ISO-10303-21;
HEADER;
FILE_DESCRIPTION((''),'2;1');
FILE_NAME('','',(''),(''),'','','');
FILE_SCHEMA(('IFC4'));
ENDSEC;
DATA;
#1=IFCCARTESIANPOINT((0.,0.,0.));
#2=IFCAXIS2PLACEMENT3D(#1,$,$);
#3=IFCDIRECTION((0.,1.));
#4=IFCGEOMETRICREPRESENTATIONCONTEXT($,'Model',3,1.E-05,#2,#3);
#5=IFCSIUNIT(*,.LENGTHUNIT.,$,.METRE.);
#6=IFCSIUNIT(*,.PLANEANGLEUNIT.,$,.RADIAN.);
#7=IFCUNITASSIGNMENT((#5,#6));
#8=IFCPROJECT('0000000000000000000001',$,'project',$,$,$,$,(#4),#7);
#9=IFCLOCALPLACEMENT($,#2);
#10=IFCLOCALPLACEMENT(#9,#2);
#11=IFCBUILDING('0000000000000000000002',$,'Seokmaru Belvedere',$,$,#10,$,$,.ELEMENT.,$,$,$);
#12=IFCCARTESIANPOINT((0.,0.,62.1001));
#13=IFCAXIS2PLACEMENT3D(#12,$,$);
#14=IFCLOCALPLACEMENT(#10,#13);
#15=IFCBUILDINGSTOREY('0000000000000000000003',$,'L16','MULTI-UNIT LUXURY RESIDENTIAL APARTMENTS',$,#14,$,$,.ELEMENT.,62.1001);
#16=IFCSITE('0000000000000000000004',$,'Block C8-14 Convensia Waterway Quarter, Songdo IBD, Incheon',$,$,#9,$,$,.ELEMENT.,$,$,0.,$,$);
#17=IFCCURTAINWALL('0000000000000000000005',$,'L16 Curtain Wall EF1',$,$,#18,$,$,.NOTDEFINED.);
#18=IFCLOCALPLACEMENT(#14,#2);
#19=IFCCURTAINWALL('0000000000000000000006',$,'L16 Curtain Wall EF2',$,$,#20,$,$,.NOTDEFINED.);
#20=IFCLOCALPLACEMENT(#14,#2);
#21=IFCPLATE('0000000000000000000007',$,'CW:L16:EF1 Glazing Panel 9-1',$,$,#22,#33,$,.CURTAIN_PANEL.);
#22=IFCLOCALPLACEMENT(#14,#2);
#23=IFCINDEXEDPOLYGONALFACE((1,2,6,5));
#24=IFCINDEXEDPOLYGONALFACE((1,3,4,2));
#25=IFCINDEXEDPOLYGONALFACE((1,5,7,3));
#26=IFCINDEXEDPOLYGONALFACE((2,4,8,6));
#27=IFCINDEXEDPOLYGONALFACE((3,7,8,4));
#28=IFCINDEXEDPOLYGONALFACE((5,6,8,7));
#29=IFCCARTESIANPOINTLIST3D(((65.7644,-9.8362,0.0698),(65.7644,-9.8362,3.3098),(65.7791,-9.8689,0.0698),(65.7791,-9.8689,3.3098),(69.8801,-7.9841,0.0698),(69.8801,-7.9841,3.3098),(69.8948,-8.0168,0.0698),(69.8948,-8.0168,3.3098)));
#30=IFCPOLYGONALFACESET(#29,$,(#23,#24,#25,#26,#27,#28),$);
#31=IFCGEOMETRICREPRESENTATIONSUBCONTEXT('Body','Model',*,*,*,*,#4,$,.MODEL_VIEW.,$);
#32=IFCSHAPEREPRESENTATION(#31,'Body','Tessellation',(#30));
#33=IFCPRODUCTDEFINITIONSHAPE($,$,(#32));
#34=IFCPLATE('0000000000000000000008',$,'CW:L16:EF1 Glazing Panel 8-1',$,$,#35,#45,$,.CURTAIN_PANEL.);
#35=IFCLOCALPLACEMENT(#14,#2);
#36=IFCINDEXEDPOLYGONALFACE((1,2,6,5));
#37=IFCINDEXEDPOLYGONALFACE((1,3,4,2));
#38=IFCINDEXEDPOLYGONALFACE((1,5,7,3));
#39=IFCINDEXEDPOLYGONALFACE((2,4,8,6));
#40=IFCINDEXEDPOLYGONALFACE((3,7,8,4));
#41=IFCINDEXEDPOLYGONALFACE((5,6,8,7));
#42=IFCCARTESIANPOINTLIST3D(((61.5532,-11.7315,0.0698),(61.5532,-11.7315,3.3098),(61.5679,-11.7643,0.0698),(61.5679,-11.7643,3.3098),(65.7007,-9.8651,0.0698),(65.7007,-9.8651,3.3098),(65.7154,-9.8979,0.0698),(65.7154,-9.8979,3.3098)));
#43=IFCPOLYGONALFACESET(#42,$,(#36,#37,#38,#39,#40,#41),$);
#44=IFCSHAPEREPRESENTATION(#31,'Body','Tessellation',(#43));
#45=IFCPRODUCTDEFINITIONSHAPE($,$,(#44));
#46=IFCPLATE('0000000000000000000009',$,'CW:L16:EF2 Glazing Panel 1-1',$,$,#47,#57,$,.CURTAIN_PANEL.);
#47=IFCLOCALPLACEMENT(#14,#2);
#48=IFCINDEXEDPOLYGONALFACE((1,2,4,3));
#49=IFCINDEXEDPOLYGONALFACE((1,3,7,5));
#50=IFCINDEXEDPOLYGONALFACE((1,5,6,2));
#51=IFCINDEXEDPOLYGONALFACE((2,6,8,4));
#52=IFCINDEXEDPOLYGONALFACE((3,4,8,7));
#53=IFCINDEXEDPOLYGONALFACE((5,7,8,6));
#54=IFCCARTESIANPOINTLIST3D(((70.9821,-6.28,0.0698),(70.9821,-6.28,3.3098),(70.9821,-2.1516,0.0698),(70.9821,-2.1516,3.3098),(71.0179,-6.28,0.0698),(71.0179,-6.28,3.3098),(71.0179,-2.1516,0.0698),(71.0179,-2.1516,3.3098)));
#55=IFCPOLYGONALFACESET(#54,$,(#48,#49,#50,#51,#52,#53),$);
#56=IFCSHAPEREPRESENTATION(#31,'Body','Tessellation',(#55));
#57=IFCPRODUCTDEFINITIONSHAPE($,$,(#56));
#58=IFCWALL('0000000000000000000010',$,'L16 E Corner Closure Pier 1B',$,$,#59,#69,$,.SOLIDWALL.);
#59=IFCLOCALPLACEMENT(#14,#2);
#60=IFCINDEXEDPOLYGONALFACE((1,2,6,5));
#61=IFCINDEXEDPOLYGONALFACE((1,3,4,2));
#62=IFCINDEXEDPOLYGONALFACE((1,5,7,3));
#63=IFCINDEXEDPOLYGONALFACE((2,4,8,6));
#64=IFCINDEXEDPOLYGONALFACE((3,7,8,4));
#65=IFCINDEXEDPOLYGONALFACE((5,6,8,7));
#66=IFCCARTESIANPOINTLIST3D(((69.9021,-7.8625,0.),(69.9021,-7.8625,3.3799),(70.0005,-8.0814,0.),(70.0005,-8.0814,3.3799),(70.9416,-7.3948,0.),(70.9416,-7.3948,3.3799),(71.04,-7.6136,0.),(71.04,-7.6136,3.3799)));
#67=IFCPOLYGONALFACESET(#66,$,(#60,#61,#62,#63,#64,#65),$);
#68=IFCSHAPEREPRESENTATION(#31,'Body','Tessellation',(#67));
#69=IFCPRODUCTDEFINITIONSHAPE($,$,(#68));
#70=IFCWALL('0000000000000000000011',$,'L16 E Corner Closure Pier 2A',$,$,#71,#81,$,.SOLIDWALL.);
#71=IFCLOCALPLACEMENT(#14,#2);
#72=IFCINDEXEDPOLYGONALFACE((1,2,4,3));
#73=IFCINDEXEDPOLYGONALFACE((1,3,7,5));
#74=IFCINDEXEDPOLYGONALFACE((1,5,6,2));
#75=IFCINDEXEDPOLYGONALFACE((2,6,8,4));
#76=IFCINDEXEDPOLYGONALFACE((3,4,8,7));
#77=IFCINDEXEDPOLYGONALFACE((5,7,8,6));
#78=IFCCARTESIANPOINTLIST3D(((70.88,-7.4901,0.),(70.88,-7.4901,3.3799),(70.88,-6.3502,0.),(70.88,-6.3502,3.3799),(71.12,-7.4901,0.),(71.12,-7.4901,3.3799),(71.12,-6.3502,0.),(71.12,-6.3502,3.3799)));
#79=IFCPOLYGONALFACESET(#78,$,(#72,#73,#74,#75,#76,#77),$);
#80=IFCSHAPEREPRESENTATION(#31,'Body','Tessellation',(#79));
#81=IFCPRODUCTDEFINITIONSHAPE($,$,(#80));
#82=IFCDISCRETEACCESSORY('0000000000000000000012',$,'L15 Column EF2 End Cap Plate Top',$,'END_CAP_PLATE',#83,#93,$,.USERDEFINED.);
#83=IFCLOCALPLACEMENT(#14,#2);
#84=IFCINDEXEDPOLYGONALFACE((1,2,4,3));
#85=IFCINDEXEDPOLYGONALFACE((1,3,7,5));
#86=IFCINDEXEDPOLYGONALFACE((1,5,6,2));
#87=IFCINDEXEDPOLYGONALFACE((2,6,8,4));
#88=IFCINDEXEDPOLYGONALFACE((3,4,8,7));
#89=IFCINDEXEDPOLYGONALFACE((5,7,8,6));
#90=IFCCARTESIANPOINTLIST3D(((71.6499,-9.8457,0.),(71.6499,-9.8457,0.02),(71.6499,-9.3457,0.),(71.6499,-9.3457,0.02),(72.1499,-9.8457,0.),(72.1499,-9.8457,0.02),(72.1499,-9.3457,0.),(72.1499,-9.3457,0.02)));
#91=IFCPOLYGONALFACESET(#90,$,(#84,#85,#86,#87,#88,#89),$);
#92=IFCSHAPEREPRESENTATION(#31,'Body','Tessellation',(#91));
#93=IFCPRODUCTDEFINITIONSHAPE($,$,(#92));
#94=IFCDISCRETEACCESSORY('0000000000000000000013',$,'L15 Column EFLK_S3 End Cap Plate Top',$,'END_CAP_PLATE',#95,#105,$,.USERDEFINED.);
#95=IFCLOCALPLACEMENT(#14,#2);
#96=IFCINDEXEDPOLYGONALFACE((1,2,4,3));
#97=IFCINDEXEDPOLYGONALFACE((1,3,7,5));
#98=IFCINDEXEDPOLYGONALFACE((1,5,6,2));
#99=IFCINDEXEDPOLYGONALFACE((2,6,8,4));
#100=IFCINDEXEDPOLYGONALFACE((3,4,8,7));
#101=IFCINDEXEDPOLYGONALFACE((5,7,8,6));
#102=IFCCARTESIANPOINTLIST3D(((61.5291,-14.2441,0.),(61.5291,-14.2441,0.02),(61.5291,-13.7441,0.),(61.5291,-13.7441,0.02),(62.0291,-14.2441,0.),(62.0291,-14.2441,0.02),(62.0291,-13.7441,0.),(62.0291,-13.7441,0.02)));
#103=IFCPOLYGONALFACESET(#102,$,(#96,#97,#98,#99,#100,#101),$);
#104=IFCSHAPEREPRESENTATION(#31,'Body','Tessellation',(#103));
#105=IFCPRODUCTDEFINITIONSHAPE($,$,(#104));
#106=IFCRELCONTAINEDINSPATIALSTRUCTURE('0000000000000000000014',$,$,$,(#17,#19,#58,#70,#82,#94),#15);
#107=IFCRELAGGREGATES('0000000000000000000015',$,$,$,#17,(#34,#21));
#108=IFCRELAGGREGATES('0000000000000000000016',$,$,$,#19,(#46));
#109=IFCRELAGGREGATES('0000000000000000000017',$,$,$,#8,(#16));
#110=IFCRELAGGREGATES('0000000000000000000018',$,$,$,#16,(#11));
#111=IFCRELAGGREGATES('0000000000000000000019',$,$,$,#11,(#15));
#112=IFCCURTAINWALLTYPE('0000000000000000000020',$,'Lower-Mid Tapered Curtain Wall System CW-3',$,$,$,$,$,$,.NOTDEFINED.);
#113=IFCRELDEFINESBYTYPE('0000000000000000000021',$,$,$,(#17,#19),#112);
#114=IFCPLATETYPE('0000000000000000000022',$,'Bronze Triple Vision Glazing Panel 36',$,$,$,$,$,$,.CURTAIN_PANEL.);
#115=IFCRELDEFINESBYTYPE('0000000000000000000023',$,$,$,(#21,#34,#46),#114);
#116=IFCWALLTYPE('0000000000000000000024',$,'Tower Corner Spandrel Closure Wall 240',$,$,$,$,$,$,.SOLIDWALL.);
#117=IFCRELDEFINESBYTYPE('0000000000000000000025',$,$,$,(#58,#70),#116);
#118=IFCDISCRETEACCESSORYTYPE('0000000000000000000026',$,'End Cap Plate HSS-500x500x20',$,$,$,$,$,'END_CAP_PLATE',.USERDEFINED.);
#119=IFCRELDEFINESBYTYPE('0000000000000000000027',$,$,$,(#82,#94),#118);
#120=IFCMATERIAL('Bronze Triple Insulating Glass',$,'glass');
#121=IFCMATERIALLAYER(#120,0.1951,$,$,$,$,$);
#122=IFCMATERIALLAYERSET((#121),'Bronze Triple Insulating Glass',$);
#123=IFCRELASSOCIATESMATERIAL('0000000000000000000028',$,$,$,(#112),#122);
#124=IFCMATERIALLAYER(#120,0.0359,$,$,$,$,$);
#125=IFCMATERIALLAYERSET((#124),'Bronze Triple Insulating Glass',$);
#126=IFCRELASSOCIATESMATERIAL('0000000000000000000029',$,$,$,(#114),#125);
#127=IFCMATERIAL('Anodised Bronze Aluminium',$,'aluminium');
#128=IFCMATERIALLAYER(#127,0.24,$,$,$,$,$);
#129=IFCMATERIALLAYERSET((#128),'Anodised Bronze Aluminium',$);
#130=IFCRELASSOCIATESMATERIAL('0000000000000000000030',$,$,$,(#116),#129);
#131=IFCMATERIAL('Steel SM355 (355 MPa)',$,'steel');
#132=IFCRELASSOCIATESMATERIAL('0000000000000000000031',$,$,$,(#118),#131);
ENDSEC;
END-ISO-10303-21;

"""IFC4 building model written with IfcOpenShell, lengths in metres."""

from ifc_helpers import new_model, si_unit, direction, frame, frame_2d, origin, origin_2d, place, context, subcontext, project, spatial, rectangle, extrude, source, transform, mapped, material, layer, layer_set, type_object, type_shapes, element, aggregate, save


model = new_model("IFC4")

# Units and contexts
model_context = context("Model", 3, precision=1e-05, world=origin(), true_north=direction((0.0, 1.0)))
body_context = subcontext(model_context, "Body", "Model", "MODEL_VIEW")
ifc_project = project(units=[si_unit("LENGTHUNIT", "METRE"), si_unit("PLANEANGLEUNIT", "RADIAN")], contexts=[model_context])

# Site, building, storey
site_placement = place(None, origin())
site = spatial("IfcSite", under=ifc_project, at=site_placement, Name="Block C8-14 Convensia Waterway Quarter, Songdo IBD, Incheon", CompositionType="ELEMENT", RefElevation=0.0)
building_placement = place(site_placement, origin())
building = spatial("IfcBuilding", under=site, at=building_placement, Name="Seokmaru Belvedere", CompositionType="ELEMENT")
storey_placement = place(building_placement, frame((0.0, 0.0, 62.1001)))
storey = spatial("IfcBuildingStorey", under=building, at=storey_placement, Name="L16", Description="MULTI-UNIT LUXURY RESIDENTIAL APARTMENTS", CompositionType="ELEMENT", Elevation=62.1001)

# Shared definitions
ifc_material_1 = material(Name="Steel SM355 (355 MPa)", Category="steel")

# Curtain walls
ifc_material_2 = material(Name="Bronze Triple Insulating Glass", Category="glass")
ifc_layer_1 = layer(ifc_material_2, 0.1951)
ifc_layer_set_1 = layer_set([ifc_layer_1], Name="Bronze Triple Insulating Glass")
curtain_wall_type = type_object("IfcCurtainWallType", Name="Lower-Mid Tapered Curtain Wall System CW-3", PredefinedType="NOTDEFINED", material=ifc_layer_set_1)
curtain_wall_1_placement = place(storey_placement, origin())
curtain_wall_1 = element("IfcCurtainWall", 1, at=curtain_wall_1_placement, inside=storey, type_object=curtain_wall_type, Name="L16 Curtain Wall EF1", PredefinedType="NOTDEFINED")
ifc_material_3 = material(Name="Anodised Bronze Aluminium", Category="aluminium")
curtain_wall_2_placement = place(storey_placement, origin())
curtain_wall_2 = element("IfcCurtainWall", 2, at=curtain_wall_2_placement, inside=storey, type_object=curtain_wall_type, Name="L16 Curtain Wall EF2", PredefinedType="NOTDEFINED")

# Plates
ifc_layer_2 = layer(ifc_material_2, 0.0359)
ifc_layer_set_2 = layer_set([ifc_layer_2], Name="Bronze Triple Insulating Glass")
plate_type = type_object("IfcPlateType", Name="Bronze Triple Vision Glazing Panel 36", PredefinedType="CURTAIN_PANEL", material=ifc_layer_set_2)
shared_shape_1 = source(origin(), body_context, "Body", "SweptSolid", [
    extrude(rectangle(XDim=4.5132, YDim=0.0359, at=origin_2d()), origin(), (0.0, 0.0, 1.0), 3.24),
])
plate_1_placement = place(storey_placement, frame((67.8296, -8.9265, 0.0698), z_axis=(0.0, 0.0, 1.0), x_axis=(0.911921, 0.410366, 0.0)))
plate_1 = element("IfcPlate", 3, at=plate_1_placement, type_object=plate_type, Name="CW:L16:EF1 Glazing Panel 9-1", PredefinedType="CURTAIN_PANEL", context=body_context, shape_type="MappedRepresentation", body=[
    mapped(shared_shape_1, transform((0.0, 0.0, 0.0), scale=1.0)),
])
shared_shape_2 = source(origin(), body_context, "Body", "SweptSolid", [
    extrude(rectangle(XDim=4.5481, YDim=0.0359, at=origin_2d()), origin(), (0.0, 0.0, 1.0), 3.24),
])
plate_2_placement = place(storey_placement, frame((63.6343, -10.8147, 0.0698), z_axis=(0.0, 0.0, 1.0), x_axis=(0.911921, 0.410366, 0.0)))
plate_2 = element("IfcPlate", 4, at=plate_2_placement, type_object=plate_type, Name="CW:L16:EF1 Glazing Panel 8-1", PredefinedType="CURTAIN_PANEL", context=body_context, shape_type="MappedRepresentation", body=[
    mapped(shared_shape_2, transform((0.0, 0.0, 0.0), scale=1.0)),
])
aggregate(curtain_wall_1, [plate_2, plate_1])
shared_shape_3 = source(origin(), body_context, "Body", "SweptSolid", [
    extrude(rectangle(XDim=4.1284, YDim=0.0359, at=origin_2d()), origin(), (0.0, 0.0, 1.0), 3.24),
])
type_shapes(plate_type, [shared_shape_1, shared_shape_2, shared_shape_3])
plate_3_placement = place(storey_placement, frame((71.0, -4.2158, 0.0698), z_axis=(0.0, 0.0, 1.0), x_axis=(0.0, 1.0, 0.0)))
plate_3 = element("IfcPlate", 5, at=plate_3_placement, type_object=plate_type, Name="CW:L16:EF2 Glazing Panel 1-1", PredefinedType="CURTAIN_PANEL", context=body_context, shape_type="MappedRepresentation", body=[
    mapped(shared_shape_3, transform((0.0, 0.0, 0.0), scale=1.0)),
])
aggregate(curtain_wall_2, [plate_3])

# Walls
ifc_layer_3 = layer(ifc_material_3, 0.24)
ifc_layer_set_3 = layer_set([ifc_layer_3], Name="Anodised Bronze Aluminium")
wall_type = type_object("IfcWallType", Name="Tower Corner Spandrel Closure Wall 240", PredefinedType="SOLIDWALL", material=ifc_layer_set_3)
for number, where, z_axis, x_axis, name in (
    (6, (69.9514, -7.9719, 0.0), (0.0, 0.0, 1.0), (0.91193, 0.410347, 0.0), "L16 E Corner Closure Pier 1B"),
    (7, (71.0, -7.49, 0.0), (0.0, 0.0, 1.0), (0.0, 1.0, 0.0), "L16 E Corner Closure Pier 2A"),
):
    element("IfcWall", number, at=place(storey_placement, frame(where, z_axis=z_axis, x_axis=x_axis)), inside=storey, type_object=wall_type, Name=name, PredefinedType="SOLIDWALL", context=body_context, shape_type="SweptSolid", body=[
        extrude(rectangle(XDim=1.1399, YDim=0.24, at=frame_2d((0.5698, 0.0))), origin(), (0.0, 0.0, 1.0), 3.3799),
    ])

# Discrete accessories
discrete_accessory_type = type_object("IfcDiscreteAccessoryType", Name="End Cap Plate HSS-500x500x20", ElementType="END_CAP_PLATE", PredefinedType="USERDEFINED", material=ifc_material_1)
shared_shape_4 = source(origin(), body_context, "Body", "SweptSolid", [
    extrude(rectangle(XDim=0.5, YDim=0.5, at=origin_2d()), origin(), (0.0, 0.0, 1.0), 0.02),
])
type_shapes(discrete_accessory_type, [shared_shape_4])
for number, where, z_axis, x_axis, name in (
    (8, (71.8999, -9.5957, 0.0), (0.0, 0.0, 1.0), (1.0, 0.0, 0.0), "L15 Column EF2 End Cap Plate Top"),
    (9, (61.7791, -13.9941, 0.0), (0.0, 0.0, 1.0), (1.0, 0.0, 0.0), "L15 Column EFLK_S3 End Cap Plate Top"),
):
    element("IfcDiscreteAccessory", number, at=place(storey_placement, frame(where, z_axis=z_axis, x_axis=x_axis)), inside=storey, type_object=discrete_accessory_type, Name=name, ObjectType="END_CAP_PLATE", PredefinedType="USERDEFINED", context=body_context, shape_type="MappedRepresentation", body=[
        mapped(shared_shape_4, transform((0.0, 0.0, 0.0), scale=1.0)),
    ])

save(model, "model.ifc")
